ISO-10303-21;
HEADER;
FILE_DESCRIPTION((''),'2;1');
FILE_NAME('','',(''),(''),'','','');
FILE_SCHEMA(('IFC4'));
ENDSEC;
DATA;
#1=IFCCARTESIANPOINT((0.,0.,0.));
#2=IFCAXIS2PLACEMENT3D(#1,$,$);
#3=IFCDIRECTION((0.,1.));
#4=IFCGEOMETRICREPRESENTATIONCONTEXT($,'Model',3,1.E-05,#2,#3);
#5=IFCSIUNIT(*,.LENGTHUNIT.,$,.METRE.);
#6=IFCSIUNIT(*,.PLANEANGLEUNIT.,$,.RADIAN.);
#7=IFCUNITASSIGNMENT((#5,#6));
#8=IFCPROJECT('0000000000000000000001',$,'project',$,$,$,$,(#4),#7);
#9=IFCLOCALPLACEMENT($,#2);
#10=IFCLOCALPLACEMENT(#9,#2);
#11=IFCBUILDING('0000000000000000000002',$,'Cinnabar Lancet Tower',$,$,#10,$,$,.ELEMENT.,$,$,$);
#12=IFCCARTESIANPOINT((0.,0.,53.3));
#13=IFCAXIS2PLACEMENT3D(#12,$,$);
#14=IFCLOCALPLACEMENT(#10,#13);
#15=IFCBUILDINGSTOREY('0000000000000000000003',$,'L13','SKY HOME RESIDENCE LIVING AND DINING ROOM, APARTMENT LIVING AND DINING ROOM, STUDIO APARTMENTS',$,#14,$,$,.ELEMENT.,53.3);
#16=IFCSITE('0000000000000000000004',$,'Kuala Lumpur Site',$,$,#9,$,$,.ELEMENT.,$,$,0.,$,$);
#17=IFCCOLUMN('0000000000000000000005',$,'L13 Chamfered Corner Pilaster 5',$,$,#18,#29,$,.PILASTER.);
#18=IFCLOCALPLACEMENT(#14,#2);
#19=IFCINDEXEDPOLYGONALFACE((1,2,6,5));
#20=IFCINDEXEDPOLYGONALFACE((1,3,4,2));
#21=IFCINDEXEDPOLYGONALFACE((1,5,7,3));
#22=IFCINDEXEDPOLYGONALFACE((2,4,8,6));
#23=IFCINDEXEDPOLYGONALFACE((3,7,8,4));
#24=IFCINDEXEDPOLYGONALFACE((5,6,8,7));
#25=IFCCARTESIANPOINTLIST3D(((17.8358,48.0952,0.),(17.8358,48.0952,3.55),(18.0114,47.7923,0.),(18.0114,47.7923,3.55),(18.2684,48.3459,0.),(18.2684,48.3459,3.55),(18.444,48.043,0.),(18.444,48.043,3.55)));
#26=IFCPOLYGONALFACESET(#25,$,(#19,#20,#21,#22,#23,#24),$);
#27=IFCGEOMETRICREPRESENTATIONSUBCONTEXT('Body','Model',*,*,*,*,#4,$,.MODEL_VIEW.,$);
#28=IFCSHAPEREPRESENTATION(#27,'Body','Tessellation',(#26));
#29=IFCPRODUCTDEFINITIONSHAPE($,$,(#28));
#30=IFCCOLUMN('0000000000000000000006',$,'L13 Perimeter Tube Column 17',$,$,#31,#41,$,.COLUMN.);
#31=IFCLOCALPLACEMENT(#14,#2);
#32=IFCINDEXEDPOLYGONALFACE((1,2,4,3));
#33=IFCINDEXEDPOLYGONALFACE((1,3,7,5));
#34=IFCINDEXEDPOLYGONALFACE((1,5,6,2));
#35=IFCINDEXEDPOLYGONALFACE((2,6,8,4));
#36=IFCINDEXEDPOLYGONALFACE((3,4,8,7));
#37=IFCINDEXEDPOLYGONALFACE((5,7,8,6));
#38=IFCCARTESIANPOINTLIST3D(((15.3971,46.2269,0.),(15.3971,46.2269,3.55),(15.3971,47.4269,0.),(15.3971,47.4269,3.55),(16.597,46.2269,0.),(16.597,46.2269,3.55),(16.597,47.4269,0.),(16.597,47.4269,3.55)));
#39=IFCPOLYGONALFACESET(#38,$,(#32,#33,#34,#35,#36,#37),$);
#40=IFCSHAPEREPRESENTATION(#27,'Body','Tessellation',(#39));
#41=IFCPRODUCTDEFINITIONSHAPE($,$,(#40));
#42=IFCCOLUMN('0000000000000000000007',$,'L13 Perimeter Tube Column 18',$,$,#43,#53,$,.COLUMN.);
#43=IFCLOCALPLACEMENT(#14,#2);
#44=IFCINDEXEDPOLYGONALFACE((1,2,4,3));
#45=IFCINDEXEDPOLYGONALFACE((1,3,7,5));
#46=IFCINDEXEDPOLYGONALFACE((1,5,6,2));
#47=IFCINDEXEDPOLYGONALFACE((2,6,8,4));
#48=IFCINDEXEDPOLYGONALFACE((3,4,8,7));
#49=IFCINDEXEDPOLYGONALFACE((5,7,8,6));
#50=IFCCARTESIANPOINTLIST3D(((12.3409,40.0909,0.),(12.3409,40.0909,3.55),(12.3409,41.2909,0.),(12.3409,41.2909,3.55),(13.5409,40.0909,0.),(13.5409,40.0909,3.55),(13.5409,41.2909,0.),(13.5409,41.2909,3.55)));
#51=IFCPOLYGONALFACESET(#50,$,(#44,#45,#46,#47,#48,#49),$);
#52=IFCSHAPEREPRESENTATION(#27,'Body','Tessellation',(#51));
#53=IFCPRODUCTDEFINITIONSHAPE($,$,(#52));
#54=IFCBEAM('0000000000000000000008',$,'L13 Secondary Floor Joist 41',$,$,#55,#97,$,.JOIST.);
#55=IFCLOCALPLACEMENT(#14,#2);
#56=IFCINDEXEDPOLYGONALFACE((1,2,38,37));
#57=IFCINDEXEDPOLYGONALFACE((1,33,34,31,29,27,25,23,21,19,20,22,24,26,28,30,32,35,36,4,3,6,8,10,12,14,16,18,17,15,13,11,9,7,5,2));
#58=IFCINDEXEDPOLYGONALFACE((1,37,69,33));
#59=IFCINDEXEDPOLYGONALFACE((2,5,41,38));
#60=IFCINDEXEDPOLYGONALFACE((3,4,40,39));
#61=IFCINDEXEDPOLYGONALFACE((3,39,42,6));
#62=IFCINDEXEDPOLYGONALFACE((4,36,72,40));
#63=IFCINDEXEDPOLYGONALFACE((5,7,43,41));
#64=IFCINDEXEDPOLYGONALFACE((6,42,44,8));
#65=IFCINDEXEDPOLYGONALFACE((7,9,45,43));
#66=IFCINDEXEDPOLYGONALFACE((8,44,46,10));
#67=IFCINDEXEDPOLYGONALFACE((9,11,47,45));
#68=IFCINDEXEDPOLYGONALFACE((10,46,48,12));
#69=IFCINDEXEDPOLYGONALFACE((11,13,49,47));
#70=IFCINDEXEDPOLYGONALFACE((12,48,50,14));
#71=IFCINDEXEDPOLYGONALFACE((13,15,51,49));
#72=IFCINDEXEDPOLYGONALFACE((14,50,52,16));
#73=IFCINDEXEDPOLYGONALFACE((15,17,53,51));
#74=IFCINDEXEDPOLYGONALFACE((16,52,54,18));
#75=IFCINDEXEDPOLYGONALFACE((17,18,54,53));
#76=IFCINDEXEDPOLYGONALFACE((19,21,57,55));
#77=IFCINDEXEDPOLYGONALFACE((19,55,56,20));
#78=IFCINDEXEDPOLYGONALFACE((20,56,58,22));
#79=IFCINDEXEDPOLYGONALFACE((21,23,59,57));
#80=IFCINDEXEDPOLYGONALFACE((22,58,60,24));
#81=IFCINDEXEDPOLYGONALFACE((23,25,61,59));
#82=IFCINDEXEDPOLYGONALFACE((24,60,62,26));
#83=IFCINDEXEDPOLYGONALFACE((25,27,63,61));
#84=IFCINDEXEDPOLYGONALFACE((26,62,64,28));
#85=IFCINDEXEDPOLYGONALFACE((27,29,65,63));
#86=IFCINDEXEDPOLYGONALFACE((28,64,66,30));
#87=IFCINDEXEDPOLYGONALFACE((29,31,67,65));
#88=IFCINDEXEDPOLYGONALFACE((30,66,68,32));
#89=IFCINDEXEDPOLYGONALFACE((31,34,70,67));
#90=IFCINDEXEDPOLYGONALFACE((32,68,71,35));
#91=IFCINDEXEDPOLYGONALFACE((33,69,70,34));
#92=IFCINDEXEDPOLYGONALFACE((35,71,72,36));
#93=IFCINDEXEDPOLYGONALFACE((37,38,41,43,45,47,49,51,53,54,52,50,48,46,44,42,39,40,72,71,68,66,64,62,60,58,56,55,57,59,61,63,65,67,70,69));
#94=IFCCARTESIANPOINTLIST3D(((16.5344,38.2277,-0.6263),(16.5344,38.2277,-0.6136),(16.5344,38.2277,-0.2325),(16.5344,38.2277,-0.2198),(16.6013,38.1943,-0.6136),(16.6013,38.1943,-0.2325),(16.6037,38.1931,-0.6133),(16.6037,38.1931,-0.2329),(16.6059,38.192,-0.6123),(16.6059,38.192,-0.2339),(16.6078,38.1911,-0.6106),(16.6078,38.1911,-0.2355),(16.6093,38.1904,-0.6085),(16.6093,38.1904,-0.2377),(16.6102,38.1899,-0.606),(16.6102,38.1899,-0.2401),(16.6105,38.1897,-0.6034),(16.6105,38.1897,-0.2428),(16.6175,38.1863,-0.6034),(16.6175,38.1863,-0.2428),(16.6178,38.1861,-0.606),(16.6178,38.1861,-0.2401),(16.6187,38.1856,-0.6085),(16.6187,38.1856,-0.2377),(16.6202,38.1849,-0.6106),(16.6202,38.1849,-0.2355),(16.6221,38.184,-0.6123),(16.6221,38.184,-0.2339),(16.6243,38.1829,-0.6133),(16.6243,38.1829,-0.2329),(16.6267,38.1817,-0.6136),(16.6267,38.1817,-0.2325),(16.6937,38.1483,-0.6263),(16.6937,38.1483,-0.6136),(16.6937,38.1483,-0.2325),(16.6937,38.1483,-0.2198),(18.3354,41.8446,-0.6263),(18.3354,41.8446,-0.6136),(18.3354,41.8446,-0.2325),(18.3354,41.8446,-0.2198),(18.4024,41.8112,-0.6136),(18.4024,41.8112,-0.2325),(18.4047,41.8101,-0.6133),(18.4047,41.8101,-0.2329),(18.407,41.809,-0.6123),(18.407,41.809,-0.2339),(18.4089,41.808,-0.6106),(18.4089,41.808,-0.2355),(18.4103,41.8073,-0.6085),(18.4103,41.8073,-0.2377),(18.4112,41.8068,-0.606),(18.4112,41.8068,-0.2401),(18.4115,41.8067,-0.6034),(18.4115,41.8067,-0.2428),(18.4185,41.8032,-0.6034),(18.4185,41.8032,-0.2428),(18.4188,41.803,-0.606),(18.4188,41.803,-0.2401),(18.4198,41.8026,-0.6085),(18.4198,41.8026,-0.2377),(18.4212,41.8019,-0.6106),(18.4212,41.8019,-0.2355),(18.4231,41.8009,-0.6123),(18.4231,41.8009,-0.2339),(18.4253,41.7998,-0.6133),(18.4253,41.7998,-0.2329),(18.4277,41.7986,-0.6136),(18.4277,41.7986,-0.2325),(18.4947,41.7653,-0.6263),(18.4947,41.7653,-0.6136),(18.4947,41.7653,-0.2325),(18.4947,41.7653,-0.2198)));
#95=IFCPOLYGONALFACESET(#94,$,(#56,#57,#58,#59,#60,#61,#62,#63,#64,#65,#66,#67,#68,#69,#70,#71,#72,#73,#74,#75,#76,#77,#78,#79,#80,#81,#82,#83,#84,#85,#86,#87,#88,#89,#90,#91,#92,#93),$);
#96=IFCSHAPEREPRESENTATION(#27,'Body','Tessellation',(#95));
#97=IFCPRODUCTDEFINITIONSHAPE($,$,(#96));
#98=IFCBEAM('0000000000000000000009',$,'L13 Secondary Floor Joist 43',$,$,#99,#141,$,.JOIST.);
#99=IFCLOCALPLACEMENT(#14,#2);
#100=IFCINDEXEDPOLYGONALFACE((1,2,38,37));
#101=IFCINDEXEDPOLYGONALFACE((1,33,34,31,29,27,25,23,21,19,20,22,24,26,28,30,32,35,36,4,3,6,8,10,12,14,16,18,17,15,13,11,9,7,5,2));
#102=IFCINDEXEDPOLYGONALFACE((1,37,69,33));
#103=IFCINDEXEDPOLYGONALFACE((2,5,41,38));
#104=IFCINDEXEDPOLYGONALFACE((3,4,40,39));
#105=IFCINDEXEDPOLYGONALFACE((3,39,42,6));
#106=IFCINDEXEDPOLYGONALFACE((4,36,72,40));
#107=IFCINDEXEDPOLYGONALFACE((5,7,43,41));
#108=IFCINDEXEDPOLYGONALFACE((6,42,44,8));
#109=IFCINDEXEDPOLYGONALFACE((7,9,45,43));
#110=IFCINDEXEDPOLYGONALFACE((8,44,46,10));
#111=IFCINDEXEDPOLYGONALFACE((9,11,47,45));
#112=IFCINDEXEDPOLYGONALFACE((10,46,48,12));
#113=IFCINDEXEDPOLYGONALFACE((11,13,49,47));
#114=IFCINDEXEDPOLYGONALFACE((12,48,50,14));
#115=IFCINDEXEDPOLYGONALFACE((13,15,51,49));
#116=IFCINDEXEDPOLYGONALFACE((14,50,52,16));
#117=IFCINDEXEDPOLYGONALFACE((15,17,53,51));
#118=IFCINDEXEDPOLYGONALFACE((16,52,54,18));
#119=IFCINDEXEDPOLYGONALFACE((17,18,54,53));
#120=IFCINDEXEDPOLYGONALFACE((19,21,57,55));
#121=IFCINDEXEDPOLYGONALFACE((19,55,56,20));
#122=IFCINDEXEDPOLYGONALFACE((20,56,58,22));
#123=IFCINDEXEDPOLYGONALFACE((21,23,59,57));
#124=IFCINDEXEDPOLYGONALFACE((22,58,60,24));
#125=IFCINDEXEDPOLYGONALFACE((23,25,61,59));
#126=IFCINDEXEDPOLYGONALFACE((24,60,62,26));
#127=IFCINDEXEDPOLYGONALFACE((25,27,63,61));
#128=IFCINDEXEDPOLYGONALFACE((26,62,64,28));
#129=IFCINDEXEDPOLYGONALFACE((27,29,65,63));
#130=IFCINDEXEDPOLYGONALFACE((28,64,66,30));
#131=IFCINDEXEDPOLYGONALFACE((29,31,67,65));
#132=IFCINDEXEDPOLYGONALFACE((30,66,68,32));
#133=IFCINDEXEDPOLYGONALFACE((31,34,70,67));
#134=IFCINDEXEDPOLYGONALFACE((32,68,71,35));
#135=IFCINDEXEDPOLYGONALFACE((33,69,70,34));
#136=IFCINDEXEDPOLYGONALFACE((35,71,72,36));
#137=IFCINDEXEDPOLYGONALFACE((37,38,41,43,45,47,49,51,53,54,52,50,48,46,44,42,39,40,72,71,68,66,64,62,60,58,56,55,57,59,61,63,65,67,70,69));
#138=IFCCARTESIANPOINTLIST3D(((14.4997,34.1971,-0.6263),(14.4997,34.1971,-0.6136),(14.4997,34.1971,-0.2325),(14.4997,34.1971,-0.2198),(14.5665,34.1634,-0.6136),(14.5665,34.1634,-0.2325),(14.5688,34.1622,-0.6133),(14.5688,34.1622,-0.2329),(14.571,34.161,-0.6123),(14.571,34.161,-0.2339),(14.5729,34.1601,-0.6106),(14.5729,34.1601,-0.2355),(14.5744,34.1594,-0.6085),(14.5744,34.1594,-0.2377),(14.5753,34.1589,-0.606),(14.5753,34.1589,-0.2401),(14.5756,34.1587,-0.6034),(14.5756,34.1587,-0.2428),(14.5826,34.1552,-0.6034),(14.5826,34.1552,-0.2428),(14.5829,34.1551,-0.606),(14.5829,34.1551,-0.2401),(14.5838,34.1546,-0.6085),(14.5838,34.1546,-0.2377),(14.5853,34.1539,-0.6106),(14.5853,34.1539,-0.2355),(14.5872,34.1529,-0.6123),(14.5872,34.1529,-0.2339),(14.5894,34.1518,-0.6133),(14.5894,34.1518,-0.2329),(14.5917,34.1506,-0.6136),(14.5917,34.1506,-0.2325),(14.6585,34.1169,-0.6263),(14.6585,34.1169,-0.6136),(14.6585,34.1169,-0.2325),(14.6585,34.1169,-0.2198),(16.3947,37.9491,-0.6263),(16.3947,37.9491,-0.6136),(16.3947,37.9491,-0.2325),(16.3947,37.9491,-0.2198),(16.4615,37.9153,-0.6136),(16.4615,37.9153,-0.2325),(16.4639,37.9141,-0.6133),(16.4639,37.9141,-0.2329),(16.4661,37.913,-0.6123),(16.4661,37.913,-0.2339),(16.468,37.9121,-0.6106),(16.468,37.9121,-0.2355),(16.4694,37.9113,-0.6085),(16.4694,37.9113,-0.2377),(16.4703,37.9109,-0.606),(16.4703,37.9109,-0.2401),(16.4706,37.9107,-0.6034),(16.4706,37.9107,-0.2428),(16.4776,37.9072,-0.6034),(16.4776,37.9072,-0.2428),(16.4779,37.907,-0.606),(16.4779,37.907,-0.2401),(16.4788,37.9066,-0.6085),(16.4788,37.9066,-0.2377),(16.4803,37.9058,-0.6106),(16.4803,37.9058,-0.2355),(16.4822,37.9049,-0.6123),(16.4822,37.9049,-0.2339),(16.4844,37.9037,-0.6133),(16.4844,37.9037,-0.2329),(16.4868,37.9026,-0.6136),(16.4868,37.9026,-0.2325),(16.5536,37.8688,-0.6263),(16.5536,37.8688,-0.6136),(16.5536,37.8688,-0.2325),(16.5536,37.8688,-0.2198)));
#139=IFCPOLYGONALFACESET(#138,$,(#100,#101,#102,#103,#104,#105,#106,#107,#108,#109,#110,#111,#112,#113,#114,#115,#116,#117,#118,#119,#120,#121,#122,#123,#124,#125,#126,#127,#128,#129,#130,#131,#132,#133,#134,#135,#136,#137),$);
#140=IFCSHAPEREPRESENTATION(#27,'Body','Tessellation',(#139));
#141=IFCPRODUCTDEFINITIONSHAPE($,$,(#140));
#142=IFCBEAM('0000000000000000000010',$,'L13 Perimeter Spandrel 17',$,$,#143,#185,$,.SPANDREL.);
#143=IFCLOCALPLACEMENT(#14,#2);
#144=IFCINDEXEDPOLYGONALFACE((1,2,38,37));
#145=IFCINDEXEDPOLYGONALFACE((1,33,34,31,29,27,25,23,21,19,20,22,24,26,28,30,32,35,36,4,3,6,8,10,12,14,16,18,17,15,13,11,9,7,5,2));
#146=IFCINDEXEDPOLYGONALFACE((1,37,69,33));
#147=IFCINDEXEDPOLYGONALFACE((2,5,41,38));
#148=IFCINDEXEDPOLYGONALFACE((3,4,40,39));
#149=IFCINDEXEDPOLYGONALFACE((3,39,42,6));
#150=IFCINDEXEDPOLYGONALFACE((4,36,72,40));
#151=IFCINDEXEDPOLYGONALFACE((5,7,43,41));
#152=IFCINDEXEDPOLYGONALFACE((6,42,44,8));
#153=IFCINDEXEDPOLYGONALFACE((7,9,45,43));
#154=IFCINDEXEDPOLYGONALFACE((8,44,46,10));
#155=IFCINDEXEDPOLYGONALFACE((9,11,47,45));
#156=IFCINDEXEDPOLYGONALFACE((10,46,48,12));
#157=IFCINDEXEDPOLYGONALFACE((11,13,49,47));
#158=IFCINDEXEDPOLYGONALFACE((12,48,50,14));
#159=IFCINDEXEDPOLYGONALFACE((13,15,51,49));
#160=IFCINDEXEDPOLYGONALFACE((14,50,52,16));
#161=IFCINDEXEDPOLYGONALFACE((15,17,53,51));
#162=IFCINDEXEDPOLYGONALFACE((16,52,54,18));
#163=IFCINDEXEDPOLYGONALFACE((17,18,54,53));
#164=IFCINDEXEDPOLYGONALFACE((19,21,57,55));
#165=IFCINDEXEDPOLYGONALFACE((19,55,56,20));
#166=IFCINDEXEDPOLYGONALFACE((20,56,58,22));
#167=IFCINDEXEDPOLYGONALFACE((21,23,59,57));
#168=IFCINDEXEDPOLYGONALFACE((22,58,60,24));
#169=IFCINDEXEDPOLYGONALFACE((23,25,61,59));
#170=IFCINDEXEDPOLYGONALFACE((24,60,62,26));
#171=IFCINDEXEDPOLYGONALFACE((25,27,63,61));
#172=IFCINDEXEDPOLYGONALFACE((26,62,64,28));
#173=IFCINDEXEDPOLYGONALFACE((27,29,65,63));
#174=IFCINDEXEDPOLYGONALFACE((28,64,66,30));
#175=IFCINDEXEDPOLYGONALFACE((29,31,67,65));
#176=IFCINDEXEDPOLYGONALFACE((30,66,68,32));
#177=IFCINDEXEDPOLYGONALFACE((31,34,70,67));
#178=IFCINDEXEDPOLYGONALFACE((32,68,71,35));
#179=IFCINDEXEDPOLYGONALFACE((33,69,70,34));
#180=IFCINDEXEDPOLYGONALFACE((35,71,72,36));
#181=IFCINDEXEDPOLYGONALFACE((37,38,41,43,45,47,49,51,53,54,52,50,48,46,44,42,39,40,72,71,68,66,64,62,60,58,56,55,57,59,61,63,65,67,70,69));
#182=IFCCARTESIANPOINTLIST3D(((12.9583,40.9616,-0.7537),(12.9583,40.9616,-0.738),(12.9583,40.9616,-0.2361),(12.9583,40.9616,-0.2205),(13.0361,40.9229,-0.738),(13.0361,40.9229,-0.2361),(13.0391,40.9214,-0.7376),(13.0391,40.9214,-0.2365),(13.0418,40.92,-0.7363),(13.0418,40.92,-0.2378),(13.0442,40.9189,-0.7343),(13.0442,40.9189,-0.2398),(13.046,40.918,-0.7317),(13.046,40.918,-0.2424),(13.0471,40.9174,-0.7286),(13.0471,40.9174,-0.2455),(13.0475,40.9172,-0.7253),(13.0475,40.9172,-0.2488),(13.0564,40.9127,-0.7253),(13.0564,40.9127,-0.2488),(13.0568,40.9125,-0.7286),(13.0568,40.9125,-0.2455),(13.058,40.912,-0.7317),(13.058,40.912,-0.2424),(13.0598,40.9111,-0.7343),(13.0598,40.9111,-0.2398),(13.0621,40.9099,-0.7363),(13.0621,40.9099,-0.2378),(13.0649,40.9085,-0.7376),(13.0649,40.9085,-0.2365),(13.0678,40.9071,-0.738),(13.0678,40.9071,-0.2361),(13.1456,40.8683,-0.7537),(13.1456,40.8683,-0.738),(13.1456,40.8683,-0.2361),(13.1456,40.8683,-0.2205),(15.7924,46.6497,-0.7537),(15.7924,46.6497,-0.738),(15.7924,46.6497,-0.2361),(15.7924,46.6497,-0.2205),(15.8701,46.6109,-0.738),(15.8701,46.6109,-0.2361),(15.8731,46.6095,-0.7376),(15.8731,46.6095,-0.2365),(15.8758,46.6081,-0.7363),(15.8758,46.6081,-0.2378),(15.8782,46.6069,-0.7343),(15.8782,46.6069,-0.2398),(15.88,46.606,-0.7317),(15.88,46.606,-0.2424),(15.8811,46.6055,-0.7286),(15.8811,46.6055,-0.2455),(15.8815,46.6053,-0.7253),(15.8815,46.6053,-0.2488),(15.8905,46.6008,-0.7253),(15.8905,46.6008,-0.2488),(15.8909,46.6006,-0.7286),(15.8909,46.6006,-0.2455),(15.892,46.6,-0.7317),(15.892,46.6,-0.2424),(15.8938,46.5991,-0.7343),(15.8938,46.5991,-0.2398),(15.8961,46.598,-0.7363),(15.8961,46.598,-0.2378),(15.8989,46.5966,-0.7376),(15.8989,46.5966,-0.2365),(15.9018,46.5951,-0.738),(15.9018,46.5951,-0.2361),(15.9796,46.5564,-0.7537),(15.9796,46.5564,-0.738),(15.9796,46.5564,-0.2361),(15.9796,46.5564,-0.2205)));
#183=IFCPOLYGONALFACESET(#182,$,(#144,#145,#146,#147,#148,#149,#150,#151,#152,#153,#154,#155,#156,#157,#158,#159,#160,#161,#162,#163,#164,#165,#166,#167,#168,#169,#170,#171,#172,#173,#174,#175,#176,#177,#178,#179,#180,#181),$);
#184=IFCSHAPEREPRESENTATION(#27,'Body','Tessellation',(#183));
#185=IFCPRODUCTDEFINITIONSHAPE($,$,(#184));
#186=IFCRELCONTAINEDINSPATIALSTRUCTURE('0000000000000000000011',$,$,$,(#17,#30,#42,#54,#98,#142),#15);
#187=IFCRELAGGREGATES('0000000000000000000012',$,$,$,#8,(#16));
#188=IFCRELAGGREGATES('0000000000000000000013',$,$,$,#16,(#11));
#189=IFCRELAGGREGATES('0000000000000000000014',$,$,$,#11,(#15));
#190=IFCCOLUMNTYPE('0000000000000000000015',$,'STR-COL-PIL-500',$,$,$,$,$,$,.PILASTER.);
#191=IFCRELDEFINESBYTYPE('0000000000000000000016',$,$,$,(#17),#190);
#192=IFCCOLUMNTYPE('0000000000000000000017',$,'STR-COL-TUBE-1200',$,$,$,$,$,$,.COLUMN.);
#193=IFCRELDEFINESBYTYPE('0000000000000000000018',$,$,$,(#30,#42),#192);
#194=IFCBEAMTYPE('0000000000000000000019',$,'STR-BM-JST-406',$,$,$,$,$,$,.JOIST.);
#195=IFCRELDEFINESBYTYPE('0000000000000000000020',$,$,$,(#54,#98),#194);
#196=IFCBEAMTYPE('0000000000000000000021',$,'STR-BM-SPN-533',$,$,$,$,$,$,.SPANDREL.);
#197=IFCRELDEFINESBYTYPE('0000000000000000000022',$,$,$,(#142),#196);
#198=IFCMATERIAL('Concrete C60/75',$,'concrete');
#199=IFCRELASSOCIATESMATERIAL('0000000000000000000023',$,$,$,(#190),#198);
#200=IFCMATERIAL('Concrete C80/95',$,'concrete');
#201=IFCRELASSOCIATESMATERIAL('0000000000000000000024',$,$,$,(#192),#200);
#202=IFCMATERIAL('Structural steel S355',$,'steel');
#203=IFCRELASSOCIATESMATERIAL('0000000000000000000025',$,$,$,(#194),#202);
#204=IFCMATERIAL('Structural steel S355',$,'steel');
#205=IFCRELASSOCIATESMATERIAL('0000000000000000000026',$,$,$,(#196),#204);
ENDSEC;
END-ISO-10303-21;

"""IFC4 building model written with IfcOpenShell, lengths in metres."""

from ifc_helpers import new_model, si_unit, direction, frame, origin, origin_2d, place, context, subcontext, project, spatial, rectangle, i_section, extrude, material, material_profile, profile_set, type_object, element, save


model = new_model("IFC4")

# Units and contexts
model_context = context("Model", 3, precision=1e-05, world=origin(), true_north=direction((0.0, 1.0)))
body_context = subcontext(model_context, "Body", "Model", "MODEL_VIEW")
ifc_project = project(units=[si_unit("LENGTHUNIT", "METRE"), si_unit("PLANEANGLEUNIT", "RADIAN")], contexts=[model_context])

# Site, building, storey
site_placement = place(None, origin())
site = spatial("IfcSite", under=ifc_project, at=site_placement, Name="Kuala Lumpur Site", CompositionType="ELEMENT", RefElevation=0.0)
building_placement = place(site_placement, origin())
building = spatial("IfcBuilding", under=site, at=building_placement, Name="Cinnabar Lancet Tower", CompositionType="ELEMENT")
storey_placement = place(building_placement, frame((0.0, 0.0, 53.3)))
storey = spatial("IfcBuildingStorey", under=building, at=storey_placement, Name="L13", Description="SKY HOME RESIDENCE LIVING AND DINING ROOM, APARTMENT LIVING AND DINING ROOM, STUDIO APARTMENTS", CompositionType="ELEMENT", Elevation=53.3)

# Columns
ifc_material_1 = material(Name="Concrete C60/75", Category="concrete")
ifc_material_profile_1 = material_profile(ifc_material_1, rectangle(XDim=0.5, YDim=0.3501, at=origin_2d()), Name="RC-PIL 500x350")
ifc_profile_set_1 = profile_set([ifc_material_profile_1], Name="Concrete C60/75")
column_type_1 = type_object("IfcColumnType", Name="STR-COL-PIL-500", PredefinedType="PILASTER", material=ifc_profile_set_1)
column_placement = place(storey_placement, frame((18.1399, 48.0691, 0.0), z_axis=(0.0, 0.0, 1.0), x_axis=(-0.865195, -0.501435, 0.0)))
element("IfcColumn", 1, at=column_placement, inside=storey, type_object=column_type_1, Name="L13 Chamfered Corner Pilaster 5", PredefinedType="PILASTER", context=body_context, shape_type="SweptSolid", body=[
    extrude(rectangle(XDim=0.5, YDim=0.3501, at=origin_2d()), origin(), (0.0, 0.0, 1.0), 3.55),
])
ifc_material_2 = material(Name="Concrete C80/95", Category="concrete")
ifc_material_profile_2 = material_profile(ifc_material_2, rectangle(XDim=1.2, YDim=1.2, at=origin_2d()), Name="RC-COL 1200x1200")
ifc_profile_set_2 = profile_set([ifc_material_profile_2], Name="Concrete C80/95")
column_type_2 = type_object("IfcColumnType", Name="STR-COL-TUBE-1200", PredefinedType="COLUMN", material=ifc_profile_set_2)
for number, where, z_axis, x_axis, name in (
    (2, (15.9971, 46.8269, 0.0), (0.0, 0.0, 1.0), (1.0, 0.0, 0.0), "L13 Perimeter Tube Column 17"),
    (3, (12.9409, 40.6909, 0.0), (0.0, 0.0, 1.0), (1.0, 0.0, 0.0), "L13 Perimeter Tube Column 18"),
):
    element("IfcColumn", number, at=place(storey_placement, frame(where, z_axis=z_axis, x_axis=x_axis)), inside=storey, type_object=column_type_2, Name=name, PredefinedType="COLUMN", context=body_context, shape_type="SweptSolid", body=[
        extrude(rectangle(XDim=1.2, YDim=1.2, at=origin_2d()), origin(), (0.0, 0.0, 1.0), 3.55),
    ])

# Beams
ifc_material_3 = material(Name="Structural steel S355", Category="steel")
ifc_material_profile_3 = material_profile(ifc_material_3, i_section(OverallWidth=0.178, OverallDepth=0.4065, WebThickness=0.0078, FlangeThickness=0.0127, FilletRadius=0.0103, at=origin_2d()), Name="UKB 406x178x60")
ifc_profile_set_3 = profile_set([ifc_material_profile_3], Name="Structural steel S355")
beam_type_1 = type_object("IfcBeamType", Name="STR-BM-JST-406", PredefinedType="JOIST", material=ifc_profile_set_3)
beam_1_placement = place(storey_placement, frame((18.415, 41.8049, -0.4231), z_axis=(-0.445739, -0.895163, 0.0), x_axis=(0.895163, -0.445739, 0.0)))
element("IfcBeam", 4, at=beam_1_placement, inside=storey, type_object=beam_type_1, Name="L13 Secondary Floor Joist 41", PredefinedType="JOIST", context=body_context, shape_type="SweptSolid", body=[
    extrude(i_section(OverallWidth=0.178, OverallDepth=0.4065, WebThickness=0.0078, FlangeThickness=0.0127, FilletRadius=0.0103, at=origin_2d()), origin(), (0.0, 0.0, 1.0), 4.0405),
])
beam_2_placement = place(storey_placement, frame((16.4741, 37.9089, -0.4231), z_axis=(-0.450834, -0.892608, 0.0), x_axis=(0.892608, -0.450834, 0.0)))
element("IfcBeam", 5, at=beam_2_placement, inside=storey, type_object=beam_type_1, Name="L13 Secondary Floor Joist 43", PredefinedType="JOIST", context=body_context, shape_type="SweptSolid", body=[
    extrude(i_section(OverallWidth=0.178, OverallDepth=0.4065, WebThickness=0.0078, FlangeThickness=0.0127, FilletRadius=0.0103, at=origin_2d()), origin(), (0.0, 0.0, 1.0), 4.2034),
])
ifc_material_4 = material(Name="Structural steel S355", Category="steel")
ifc_material_profile_4 = material_profile(ifc_material_4, i_section(OverallWidth=0.2092, OverallDepth=0.5332, WebThickness=0.01, FlangeThickness=0.0156, FilletRadius=0.0127, at=origin_2d()), Name="UKB 533x210x92")
ifc_profile_set_4 = profile_set([ifc_material_profile_4], Name="Structural steel S355")
beam_type_2 = type_object("IfcBeamType", Name="STR-BM-SPN-533", PredefinedType="SPANDREL", material=ifc_profile_set_4)
beam_3_placement = place(storey_placement, frame((15.886, 46.603, -0.4871), z_axis=(-0.445953, -0.895056, 0.0), x_axis=(0.895056, -0.445953, 0.0)))
element("IfcBeam", 6, at=beam_3_placement, inside=storey, type_object=beam_type_2, Name="L13 Perimeter Spandrel 17", PredefinedType="SPANDREL", context=body_context, shape_type="SweptSolid", body=[
    extrude(i_section(OverallWidth=0.2092, OverallDepth=0.5332, WebThickness=0.01, FlangeThickness=0.0156, FilletRadius=0.0127, at=origin_2d()), origin(), (0.0, 0.0, 1.0), 6.355),
])

save(model, "model.ifc")
